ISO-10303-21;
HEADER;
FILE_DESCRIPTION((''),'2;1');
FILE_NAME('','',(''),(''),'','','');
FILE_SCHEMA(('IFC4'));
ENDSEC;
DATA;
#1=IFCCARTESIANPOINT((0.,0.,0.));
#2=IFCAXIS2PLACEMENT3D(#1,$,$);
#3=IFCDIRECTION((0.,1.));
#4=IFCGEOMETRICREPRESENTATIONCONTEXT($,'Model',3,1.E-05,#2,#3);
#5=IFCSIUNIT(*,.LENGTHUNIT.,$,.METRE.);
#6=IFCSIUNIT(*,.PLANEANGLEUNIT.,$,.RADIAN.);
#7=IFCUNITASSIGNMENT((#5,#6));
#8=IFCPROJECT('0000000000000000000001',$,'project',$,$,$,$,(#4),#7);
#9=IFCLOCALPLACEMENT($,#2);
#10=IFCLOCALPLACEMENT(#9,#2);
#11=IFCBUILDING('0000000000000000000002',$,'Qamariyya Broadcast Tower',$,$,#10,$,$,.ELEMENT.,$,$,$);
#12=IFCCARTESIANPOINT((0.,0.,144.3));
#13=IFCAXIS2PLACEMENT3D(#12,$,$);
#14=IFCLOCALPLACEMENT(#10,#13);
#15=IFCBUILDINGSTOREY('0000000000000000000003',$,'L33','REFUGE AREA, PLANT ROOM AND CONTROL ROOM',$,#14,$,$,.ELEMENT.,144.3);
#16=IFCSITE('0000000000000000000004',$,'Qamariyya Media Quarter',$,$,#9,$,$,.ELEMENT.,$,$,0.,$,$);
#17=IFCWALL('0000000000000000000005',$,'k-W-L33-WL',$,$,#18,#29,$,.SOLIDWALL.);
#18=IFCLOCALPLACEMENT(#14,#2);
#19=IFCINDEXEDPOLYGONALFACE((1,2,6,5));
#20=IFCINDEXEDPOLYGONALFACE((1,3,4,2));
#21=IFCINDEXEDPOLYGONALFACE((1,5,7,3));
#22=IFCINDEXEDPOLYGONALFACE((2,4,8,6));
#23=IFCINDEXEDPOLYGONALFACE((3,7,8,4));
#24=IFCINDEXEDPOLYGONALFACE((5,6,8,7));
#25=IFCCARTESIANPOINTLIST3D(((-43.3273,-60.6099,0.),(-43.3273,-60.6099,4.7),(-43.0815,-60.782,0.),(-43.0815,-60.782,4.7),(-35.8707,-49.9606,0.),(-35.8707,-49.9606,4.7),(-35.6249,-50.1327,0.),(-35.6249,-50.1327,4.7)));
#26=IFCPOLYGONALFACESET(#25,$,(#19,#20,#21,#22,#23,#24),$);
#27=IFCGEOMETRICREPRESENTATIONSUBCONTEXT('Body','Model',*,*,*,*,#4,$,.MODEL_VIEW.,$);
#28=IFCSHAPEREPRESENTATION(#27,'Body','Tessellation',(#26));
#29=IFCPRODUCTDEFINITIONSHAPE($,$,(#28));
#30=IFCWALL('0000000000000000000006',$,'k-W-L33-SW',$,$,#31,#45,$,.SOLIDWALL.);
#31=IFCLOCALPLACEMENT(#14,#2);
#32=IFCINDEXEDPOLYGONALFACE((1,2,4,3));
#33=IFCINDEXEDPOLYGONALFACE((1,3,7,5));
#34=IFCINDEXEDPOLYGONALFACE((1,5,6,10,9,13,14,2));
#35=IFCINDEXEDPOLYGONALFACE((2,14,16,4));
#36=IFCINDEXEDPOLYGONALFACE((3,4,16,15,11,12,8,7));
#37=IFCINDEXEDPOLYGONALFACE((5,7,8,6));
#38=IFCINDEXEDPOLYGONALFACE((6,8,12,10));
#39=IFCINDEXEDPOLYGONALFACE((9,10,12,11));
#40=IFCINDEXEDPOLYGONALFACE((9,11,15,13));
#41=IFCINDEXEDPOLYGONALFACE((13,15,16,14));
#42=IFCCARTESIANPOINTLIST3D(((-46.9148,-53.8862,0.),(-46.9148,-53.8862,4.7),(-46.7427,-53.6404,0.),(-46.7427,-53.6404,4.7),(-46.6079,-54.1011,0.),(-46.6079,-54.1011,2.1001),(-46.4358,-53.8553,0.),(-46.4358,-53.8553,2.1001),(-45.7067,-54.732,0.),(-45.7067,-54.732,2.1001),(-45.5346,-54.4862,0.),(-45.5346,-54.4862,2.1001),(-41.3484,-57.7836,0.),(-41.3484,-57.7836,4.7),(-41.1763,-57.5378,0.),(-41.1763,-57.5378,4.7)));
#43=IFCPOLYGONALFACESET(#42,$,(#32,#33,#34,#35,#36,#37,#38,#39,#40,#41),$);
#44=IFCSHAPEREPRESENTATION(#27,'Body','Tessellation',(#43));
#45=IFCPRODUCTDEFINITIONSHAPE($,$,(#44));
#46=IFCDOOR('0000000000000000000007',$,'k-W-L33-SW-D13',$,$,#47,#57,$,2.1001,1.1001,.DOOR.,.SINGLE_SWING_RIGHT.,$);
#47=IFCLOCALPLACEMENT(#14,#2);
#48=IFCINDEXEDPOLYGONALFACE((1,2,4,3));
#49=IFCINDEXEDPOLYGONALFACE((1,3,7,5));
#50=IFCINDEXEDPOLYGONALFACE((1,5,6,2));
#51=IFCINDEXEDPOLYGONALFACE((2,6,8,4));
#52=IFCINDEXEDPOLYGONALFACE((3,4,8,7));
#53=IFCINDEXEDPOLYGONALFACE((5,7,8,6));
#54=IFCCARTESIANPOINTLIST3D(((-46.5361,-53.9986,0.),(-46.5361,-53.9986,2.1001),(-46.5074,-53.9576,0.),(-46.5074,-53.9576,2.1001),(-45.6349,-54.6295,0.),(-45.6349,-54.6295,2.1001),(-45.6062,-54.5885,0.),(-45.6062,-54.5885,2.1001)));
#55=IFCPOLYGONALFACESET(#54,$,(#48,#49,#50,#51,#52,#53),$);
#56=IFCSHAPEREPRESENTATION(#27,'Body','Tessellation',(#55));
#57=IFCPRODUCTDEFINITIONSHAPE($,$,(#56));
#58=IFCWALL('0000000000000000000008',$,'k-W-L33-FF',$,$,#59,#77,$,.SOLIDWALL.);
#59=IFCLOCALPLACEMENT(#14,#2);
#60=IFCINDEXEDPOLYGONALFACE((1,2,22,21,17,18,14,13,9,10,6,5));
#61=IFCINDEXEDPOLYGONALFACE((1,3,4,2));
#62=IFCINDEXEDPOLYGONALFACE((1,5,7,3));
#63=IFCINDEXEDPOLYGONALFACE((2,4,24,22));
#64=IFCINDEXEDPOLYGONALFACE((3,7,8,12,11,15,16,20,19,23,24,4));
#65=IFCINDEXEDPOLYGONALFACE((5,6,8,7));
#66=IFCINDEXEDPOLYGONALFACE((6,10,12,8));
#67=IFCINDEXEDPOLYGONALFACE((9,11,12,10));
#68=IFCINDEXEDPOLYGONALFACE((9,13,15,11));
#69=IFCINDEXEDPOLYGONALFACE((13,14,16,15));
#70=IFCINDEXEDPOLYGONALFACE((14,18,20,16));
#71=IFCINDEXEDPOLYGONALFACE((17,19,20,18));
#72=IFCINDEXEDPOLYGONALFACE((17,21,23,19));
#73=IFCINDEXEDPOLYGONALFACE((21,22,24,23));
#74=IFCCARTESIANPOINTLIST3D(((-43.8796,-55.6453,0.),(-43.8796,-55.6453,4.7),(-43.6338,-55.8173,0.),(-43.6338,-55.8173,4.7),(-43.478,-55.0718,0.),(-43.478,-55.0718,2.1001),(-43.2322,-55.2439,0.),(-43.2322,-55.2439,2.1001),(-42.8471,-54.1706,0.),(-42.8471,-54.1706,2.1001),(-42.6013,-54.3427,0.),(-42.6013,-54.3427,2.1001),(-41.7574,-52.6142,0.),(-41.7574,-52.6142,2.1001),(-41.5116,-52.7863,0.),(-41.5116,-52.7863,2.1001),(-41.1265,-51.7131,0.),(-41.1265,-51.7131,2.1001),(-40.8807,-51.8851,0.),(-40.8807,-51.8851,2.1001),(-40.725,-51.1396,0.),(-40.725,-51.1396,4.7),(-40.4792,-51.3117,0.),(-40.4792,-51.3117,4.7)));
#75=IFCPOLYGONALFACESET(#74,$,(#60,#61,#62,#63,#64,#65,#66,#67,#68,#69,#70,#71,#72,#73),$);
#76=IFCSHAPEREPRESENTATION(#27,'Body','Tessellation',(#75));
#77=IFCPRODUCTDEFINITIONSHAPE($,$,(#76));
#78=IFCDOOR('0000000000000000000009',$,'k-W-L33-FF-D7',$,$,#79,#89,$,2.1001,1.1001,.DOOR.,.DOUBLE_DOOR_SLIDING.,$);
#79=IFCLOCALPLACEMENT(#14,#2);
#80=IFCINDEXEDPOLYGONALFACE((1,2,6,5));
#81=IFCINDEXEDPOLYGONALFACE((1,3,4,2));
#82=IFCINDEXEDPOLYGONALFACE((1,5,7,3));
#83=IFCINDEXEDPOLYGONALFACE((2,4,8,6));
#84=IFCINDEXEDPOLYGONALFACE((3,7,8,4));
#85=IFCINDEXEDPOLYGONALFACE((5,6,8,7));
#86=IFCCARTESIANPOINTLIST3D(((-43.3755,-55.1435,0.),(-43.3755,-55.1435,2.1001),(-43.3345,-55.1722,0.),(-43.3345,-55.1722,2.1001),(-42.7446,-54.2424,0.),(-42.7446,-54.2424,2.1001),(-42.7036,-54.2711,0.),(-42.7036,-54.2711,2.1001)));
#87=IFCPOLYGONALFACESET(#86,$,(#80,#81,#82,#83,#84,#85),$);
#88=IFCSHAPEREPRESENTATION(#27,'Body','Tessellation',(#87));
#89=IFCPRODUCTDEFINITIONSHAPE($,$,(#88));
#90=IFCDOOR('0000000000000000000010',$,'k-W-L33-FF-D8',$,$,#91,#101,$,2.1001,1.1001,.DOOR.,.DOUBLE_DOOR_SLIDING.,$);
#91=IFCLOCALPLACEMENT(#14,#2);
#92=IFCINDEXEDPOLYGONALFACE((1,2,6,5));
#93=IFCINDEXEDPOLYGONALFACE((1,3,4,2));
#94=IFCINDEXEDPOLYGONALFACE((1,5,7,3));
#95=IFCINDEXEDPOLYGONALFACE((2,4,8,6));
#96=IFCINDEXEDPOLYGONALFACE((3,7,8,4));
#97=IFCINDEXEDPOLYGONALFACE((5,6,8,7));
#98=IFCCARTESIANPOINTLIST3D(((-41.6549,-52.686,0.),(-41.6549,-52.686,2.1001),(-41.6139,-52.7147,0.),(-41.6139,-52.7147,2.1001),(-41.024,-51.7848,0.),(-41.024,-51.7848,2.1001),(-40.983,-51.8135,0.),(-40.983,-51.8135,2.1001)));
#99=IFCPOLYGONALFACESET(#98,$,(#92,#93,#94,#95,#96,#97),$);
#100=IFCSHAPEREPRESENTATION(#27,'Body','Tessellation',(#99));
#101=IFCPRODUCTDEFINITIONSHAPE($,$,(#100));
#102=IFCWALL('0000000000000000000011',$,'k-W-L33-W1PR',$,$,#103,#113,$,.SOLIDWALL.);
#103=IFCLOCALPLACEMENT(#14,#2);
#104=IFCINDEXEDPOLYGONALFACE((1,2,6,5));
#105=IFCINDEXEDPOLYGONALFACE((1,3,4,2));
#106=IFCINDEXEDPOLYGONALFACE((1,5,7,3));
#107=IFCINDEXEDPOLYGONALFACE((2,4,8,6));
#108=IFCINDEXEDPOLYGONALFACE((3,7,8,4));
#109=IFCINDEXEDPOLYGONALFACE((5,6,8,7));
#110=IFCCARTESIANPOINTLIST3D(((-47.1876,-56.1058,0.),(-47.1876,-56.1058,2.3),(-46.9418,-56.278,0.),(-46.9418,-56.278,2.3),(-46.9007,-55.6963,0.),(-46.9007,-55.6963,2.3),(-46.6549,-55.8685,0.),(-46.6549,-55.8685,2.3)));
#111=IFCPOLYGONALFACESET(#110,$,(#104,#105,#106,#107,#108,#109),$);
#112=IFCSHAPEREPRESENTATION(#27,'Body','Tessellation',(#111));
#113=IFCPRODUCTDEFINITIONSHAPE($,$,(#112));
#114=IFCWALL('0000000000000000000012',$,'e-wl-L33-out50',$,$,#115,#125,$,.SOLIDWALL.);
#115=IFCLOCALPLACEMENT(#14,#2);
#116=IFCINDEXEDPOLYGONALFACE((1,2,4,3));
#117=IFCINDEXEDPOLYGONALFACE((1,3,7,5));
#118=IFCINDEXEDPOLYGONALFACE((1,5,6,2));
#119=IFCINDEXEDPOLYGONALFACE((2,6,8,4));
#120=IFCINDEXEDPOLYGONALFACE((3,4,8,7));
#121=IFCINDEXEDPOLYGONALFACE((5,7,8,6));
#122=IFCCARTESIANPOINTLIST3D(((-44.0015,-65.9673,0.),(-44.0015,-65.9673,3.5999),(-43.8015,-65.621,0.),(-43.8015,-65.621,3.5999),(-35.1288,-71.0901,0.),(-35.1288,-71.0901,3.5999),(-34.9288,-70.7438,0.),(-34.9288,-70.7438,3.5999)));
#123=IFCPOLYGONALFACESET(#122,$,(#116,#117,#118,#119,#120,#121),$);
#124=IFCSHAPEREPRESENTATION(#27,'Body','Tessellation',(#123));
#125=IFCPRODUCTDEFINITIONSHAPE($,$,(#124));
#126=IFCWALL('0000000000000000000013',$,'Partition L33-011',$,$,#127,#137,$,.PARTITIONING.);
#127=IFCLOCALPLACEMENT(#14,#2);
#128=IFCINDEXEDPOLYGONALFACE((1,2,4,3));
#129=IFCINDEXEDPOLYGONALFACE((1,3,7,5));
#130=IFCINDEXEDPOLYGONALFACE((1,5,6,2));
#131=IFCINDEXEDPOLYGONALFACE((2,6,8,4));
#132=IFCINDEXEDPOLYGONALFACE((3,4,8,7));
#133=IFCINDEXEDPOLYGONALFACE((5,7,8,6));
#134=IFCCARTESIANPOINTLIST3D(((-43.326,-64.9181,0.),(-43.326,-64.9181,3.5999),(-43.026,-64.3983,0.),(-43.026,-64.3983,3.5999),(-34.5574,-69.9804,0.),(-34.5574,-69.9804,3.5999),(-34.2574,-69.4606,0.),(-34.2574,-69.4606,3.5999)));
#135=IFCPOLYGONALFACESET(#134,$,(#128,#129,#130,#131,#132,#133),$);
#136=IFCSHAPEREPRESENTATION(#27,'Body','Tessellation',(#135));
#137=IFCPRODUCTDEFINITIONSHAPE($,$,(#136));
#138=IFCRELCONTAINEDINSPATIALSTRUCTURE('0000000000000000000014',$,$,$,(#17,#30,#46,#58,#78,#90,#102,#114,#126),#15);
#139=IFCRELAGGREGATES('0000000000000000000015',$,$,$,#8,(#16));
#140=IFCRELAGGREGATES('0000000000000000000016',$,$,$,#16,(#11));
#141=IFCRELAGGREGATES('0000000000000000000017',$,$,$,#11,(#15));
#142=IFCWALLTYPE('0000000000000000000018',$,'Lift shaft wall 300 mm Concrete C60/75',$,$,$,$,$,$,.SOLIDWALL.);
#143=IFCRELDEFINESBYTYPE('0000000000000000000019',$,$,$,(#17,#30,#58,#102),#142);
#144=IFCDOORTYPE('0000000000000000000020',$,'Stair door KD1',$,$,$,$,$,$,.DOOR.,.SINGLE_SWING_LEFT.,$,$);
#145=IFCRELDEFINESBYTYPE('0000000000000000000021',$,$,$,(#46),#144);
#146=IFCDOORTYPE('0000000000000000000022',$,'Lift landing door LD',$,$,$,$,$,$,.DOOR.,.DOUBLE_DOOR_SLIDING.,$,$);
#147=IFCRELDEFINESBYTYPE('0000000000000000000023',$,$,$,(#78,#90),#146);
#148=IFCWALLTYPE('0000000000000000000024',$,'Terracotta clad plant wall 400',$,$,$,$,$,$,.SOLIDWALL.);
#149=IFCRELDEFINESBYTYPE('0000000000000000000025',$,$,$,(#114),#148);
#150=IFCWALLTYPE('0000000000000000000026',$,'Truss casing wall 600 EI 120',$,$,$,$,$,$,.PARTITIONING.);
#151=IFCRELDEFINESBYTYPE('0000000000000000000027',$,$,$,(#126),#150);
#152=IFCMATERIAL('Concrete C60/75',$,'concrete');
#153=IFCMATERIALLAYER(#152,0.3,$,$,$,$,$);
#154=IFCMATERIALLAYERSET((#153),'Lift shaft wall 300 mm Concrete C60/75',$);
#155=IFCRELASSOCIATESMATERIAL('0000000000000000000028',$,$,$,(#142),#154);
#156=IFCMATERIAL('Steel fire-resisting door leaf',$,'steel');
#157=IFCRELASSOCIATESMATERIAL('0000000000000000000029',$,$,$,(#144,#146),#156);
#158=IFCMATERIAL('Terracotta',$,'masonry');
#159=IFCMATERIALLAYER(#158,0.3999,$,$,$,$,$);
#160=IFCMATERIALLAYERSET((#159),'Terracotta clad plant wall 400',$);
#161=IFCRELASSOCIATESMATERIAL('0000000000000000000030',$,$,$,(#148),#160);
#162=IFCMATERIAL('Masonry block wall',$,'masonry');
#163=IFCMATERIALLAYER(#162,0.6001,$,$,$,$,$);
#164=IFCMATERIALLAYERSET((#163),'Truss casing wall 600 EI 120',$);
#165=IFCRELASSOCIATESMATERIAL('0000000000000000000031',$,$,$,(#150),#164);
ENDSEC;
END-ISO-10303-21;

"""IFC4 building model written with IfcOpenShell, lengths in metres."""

from ifc_helpers import new_model, si_unit, direction, frame, frame_2d, origin, place, context, subcontext, project, spatial, rectangle, extrude, material, layer, layer_set, type_object, element, fill, save


model = new_model("IFC4")

# Units and contexts
model_context = context("Model", 3, precision=1e-05, world=origin(), true_north=direction((0.0, 1.0)))
body_context = subcontext(model_context, "Body", "Model", "MODEL_VIEW")
ifc_project = project(units=[si_unit("LENGTHUNIT", "METRE"), si_unit("PLANEANGLEUNIT", "RADIAN")], contexts=[model_context])

# Site, building, storey
site_placement = place(None, origin())
site = spatial("IfcSite", under=ifc_project, at=site_placement, Name="Qamariyya Media Quarter", CompositionType="ELEMENT", RefElevation=0.0)
building_placement = place(site_placement, origin())
building = spatial("IfcBuilding", under=site, at=building_placement, Name="Qamariyya Broadcast Tower", CompositionType="ELEMENT")
storey_placement = place(building_placement, frame((0.0, 0.0, 144.3)))
storey = spatial("IfcBuildingStorey", under=building, at=storey_placement, Name="L33", Description="REFUGE AREA, PLANT ROOM AND CONTROL ROOM", CompositionType="ELEMENT", Elevation=144.3)

# Wall
ifc_material_1 = material(Name="Concrete C60/75", Category="concrete")
ifc_layer_1 = layer(ifc_material_1, 0.3)
ifc_layer_set_1 = layer_set([ifc_layer_1], Name="Lift shaft wall 300 mm Concrete C60/75")
wall_type_1 = type_object("IfcWallType", Name="Lift shaft wall 300 mm Concrete C60/75", PredefinedType="SOLIDWALL", material=ifc_layer_set_1)
wall_1_placement = place(storey_placement, frame((-43.2043, -60.6958, 0.0), z_axis=(0.0, 0.0, 1.0), x_axis=(0.573572, 0.819155, 0.0)))
element("IfcWall", 1, at=wall_1_placement, inside=storey, type_object=wall_type_1, Name="k-W-L33-WL", PredefinedType="SOLIDWALL", context=body_context, shape_type="SweptSolid", body=[
    extrude(rectangle(XDim=13.0002, YDim=0.3, at=frame_2d((6.5, 0.0))), origin(), (0.0, 0.0, 1.0), 4.7),
])

# Wall, opening, door
wall_2_placement = place(storey_placement, frame((-41.2625, -57.6606, 0.0), z_axis=(0.0, 0.0, 1.0), x_axis=(-0.819164, 0.573559, 0.0)))
wall_2 = element("IfcWall", 2, at=wall_2_placement, inside=storey, type_object=wall_type_1, Name="k-W-L33-SW", PredefinedType="SOLIDWALL", context=body_context, shape_type="SweptSolid", body=[
    extrude(rectangle(XDim=6.7952, YDim=0.3, at=frame_2d((3.3975, 0.0))), origin(), (0.0, 0.0, 1.0), 4.7),
])
opening_1_placement = place(wall_2_placement, frame((5.3203, 0.0, 0.0)))
opening_1 = element("IfcOpeningElement", 3, at=opening_1_placement, cuts=wall_2, PredefinedType="OPENING", context=body_context, shape_type="SweptSolid", body=[
    extrude(rectangle(XDim=1.1001, YDim=2.1001, at=frame_2d((0.55, 1.05))), frame((0.0, 0.1599, 0.0), z_axis=(0.0, -1.0, 0.0), x_axis=(1.0, 0.0, 0.0)), (0.0, 0.0, 1.0), 0.3201),
])
ifc_material_2 = material(Name="Steel fire-resisting door leaf", Category="steel")
door_type_1 = type_object("IfcDoorType", Name="Stair door KD1", OperationType="SINGLE_SWING_LEFT", PredefinedType="DOOR", material=ifc_material_2)
door_1_placement = place(opening_1_placement, origin())
door_1 = element("IfcDoor", 4, at=door_1_placement, inside=storey, type_object=door_type_1, Name="k-W-L33-SW-D13", OperationType="SINGLE_SWING_RIGHT", OverallHeight=2.1001, OverallWidth=1.1001, PredefinedType="DOOR", context=body_context, shape_type="SweptSolid", body=[
    extrude(rectangle(XDim=1.1001, YDim=2.1001, at=frame_2d((0.55, 1.05))), frame((0.0, 0.0249, 0.0), z_axis=(0.0, -1.0, 0.0), x_axis=(1.0, 0.0, 0.0)), (0.0, 0.0, 1.0), 0.05),
])
fill(opening_1, door_1)

# Wall, openings, doors
wall_3_placement = place(storey_placement, frame((-43.7566, -55.7312, 0.0), z_axis=(0.0, 0.0, 1.0), x_axis=(0.573537, 0.81918, 0.0)))
wall_3 = element("IfcWall", 5, at=wall_3_placement, inside=storey, type_object=wall_type_1, Name="k-W-L33-FF", PredefinedType="SOLIDWALL", context=body_context, shape_type="SweptSolid", body=[
    extrude(rectangle(XDim=5.5002, YDim=0.3, at=frame_2d((2.75, 0.0))), origin(), (0.0, 0.0, 1.0), 4.7),
])
opening_2_placement = place(wall_3_placement, frame((0.7, 0.0, 0.0)))
opening_2 = element("IfcOpeningElement", 6, at=opening_2_placement, cuts=wall_3, PredefinedType="OPENING", context=body_context, shape_type="SweptSolid", body=[
    extrude(rectangle(XDim=1.1001, YDim=2.1001, at=frame_2d((0.55, 1.05))), frame((0.0, 0.1599, 0.0), z_axis=(0.0, -1.0, 0.0), x_axis=(1.0, 0.0, 0.0)), (0.0, 0.0, 1.0), 0.3201),
])
opening_3_placement = place(wall_3_placement, frame((3.7, 0.0, 0.0)))
opening_3 = element("IfcOpeningElement", 7, at=opening_3_placement, cuts=wall_3, PredefinedType="OPENING", context=body_context, shape_type="SweptSolid", body=[
    extrude(rectangle(XDim=1.1001, YDim=2.1001, at=frame_2d((0.55, 1.05))), frame((0.0, 0.1599, 0.0), z_axis=(0.0, -1.0, 0.0), x_axis=(1.0, 0.0, 0.0)), (0.0, 0.0, 1.0), 0.3201),
])
door_type_2 = type_object("IfcDoorType", Name="Lift landing door LD", OperationType="DOUBLE_DOOR_SLIDING", PredefinedType="DOOR", material=ifc_material_2)
door_2_placement = place(opening_2_placement, origin())
door_2 = element("IfcDoor", 8, at=door_2_placement, inside=storey, type_object=door_type_2, Name="k-W-L33-FF-D7", OperationType="DOUBLE_DOOR_SLIDING", OverallHeight=2.1001, OverallWidth=1.1001, PredefinedType="DOOR", context=body_context, shape_type="SweptSolid", body=[
    extrude(rectangle(XDim=1.1001, YDim=2.1001, at=frame_2d((0.55, 1.05))), frame((0.0, 0.0249, 0.0), z_axis=(0.0, -1.0, 0.0), x_axis=(1.0, 0.0, 0.0)), (0.0, 0.0, 1.0), 0.05),
])
fill(opening_2, door_2)
door_3_placement = place(opening_3_placement, origin())
door_3 = element("IfcDoor", 9, at=door_3_placement, inside=storey, type_object=door_type_2, Name="k-W-L33-FF-D8", OperationType="DOUBLE_DOOR_SLIDING", OverallHeight=2.1001, OverallWidth=1.1001, PredefinedType="DOOR", context=body_context, shape_type="SweptSolid", body=[
    extrude(rectangle(XDim=1.1001, YDim=2.1001, at=frame_2d((0.55, 1.05))), frame((0.0, 0.0249, 0.0), z_axis=(0.0, -1.0, 0.0), x_axis=(1.0, 0.0, 0.0)), (0.0, 0.0, 1.0), 0.05),
])
fill(opening_3, door_3)

# Walls
wall_4_placement = place(storey_placement, frame((-47.0647, -56.1919, 0.0), z_axis=(0.0, 0.0, 1.0), x_axis=(0.573823, 0.818979, 0.0)))
element("IfcWall", 10, at=wall_4_placement, inside=storey, type_object=wall_type_1, Name="k-W-L33-W1PR", PredefinedType="SOLIDWALL", context=body_context, shape_type="SweptSolid", body=[
    extrude(rectangle(XDim=0.5, YDim=0.3, at=frame_2d((0.25, 0.0))), origin(), (0.0, 0.0, 1.0), 2.3),
])
ifc_material_3 = material(Name="Terracotta", Category="masonry")
ifc_layer_2 = layer(ifc_material_3, 0.3999)
ifc_layer_set_2 = layer_set([ifc_layer_2], Name="Terracotta clad plant wall 400")
wall_type_2 = type_object("IfcWallType", Name="Terracotta clad plant wall 400", PredefinedType="SOLIDWALL", material=ifc_layer_set_2)
wall_5_placement = place(storey_placement, frame((-43.9014, -65.7942, 0.0), z_axis=(0.0, 0.0, 1.0), x_axis=(0.866016, -0.500017, 0.0)))
element("IfcWall", 11, at=wall_5_placement, inside=storey, type_object=wall_type_2, Name="e-wl-L33-out50", PredefinedType="SOLIDWALL", context=body_context, shape_type="SweptSolid", body=[
    extrude(rectangle(XDim=10.2454, YDim=0.3999, at=frame_2d((5.1226, 0.0))), origin(), (0.0, 0.0, 1.0), 3.5999),
])
ifc_material_4 = material(Name="Masonry block wall", Category="masonry")
ifc_layer_3 = layer(ifc_material_4, 0.6001)
ifc_layer_set_3 = layer_set([ifc_layer_3], Name="Truss casing wall 600 EI 120")
wall_type_3 = type_object("IfcWallType", Name="Truss casing wall 600 EI 120", PredefinedType="PARTITIONING", material=ifc_layer_set_3)
wall_6_placement = place(storey_placement, frame((-43.176, -64.6582, 0.0), z_axis=(0.0, 0.0, 1.0), x_axis=(0.866037, -0.49998, 0.0)))
element("IfcWall", 12, at=wall_6_placement, inside=storey, type_object=wall_type_3, Name="Partition L33-011", PredefinedType="PARTITIONING", context=body_context, shape_type="SweptSolid", body=[
    extrude(rectangle(XDim=10.125, YDim=0.6001, at=frame_2d((5.0625, 0.0))), origin(), (0.0, 0.0, 1.0), 3.5999),
])

save(model, "model.ifc")
